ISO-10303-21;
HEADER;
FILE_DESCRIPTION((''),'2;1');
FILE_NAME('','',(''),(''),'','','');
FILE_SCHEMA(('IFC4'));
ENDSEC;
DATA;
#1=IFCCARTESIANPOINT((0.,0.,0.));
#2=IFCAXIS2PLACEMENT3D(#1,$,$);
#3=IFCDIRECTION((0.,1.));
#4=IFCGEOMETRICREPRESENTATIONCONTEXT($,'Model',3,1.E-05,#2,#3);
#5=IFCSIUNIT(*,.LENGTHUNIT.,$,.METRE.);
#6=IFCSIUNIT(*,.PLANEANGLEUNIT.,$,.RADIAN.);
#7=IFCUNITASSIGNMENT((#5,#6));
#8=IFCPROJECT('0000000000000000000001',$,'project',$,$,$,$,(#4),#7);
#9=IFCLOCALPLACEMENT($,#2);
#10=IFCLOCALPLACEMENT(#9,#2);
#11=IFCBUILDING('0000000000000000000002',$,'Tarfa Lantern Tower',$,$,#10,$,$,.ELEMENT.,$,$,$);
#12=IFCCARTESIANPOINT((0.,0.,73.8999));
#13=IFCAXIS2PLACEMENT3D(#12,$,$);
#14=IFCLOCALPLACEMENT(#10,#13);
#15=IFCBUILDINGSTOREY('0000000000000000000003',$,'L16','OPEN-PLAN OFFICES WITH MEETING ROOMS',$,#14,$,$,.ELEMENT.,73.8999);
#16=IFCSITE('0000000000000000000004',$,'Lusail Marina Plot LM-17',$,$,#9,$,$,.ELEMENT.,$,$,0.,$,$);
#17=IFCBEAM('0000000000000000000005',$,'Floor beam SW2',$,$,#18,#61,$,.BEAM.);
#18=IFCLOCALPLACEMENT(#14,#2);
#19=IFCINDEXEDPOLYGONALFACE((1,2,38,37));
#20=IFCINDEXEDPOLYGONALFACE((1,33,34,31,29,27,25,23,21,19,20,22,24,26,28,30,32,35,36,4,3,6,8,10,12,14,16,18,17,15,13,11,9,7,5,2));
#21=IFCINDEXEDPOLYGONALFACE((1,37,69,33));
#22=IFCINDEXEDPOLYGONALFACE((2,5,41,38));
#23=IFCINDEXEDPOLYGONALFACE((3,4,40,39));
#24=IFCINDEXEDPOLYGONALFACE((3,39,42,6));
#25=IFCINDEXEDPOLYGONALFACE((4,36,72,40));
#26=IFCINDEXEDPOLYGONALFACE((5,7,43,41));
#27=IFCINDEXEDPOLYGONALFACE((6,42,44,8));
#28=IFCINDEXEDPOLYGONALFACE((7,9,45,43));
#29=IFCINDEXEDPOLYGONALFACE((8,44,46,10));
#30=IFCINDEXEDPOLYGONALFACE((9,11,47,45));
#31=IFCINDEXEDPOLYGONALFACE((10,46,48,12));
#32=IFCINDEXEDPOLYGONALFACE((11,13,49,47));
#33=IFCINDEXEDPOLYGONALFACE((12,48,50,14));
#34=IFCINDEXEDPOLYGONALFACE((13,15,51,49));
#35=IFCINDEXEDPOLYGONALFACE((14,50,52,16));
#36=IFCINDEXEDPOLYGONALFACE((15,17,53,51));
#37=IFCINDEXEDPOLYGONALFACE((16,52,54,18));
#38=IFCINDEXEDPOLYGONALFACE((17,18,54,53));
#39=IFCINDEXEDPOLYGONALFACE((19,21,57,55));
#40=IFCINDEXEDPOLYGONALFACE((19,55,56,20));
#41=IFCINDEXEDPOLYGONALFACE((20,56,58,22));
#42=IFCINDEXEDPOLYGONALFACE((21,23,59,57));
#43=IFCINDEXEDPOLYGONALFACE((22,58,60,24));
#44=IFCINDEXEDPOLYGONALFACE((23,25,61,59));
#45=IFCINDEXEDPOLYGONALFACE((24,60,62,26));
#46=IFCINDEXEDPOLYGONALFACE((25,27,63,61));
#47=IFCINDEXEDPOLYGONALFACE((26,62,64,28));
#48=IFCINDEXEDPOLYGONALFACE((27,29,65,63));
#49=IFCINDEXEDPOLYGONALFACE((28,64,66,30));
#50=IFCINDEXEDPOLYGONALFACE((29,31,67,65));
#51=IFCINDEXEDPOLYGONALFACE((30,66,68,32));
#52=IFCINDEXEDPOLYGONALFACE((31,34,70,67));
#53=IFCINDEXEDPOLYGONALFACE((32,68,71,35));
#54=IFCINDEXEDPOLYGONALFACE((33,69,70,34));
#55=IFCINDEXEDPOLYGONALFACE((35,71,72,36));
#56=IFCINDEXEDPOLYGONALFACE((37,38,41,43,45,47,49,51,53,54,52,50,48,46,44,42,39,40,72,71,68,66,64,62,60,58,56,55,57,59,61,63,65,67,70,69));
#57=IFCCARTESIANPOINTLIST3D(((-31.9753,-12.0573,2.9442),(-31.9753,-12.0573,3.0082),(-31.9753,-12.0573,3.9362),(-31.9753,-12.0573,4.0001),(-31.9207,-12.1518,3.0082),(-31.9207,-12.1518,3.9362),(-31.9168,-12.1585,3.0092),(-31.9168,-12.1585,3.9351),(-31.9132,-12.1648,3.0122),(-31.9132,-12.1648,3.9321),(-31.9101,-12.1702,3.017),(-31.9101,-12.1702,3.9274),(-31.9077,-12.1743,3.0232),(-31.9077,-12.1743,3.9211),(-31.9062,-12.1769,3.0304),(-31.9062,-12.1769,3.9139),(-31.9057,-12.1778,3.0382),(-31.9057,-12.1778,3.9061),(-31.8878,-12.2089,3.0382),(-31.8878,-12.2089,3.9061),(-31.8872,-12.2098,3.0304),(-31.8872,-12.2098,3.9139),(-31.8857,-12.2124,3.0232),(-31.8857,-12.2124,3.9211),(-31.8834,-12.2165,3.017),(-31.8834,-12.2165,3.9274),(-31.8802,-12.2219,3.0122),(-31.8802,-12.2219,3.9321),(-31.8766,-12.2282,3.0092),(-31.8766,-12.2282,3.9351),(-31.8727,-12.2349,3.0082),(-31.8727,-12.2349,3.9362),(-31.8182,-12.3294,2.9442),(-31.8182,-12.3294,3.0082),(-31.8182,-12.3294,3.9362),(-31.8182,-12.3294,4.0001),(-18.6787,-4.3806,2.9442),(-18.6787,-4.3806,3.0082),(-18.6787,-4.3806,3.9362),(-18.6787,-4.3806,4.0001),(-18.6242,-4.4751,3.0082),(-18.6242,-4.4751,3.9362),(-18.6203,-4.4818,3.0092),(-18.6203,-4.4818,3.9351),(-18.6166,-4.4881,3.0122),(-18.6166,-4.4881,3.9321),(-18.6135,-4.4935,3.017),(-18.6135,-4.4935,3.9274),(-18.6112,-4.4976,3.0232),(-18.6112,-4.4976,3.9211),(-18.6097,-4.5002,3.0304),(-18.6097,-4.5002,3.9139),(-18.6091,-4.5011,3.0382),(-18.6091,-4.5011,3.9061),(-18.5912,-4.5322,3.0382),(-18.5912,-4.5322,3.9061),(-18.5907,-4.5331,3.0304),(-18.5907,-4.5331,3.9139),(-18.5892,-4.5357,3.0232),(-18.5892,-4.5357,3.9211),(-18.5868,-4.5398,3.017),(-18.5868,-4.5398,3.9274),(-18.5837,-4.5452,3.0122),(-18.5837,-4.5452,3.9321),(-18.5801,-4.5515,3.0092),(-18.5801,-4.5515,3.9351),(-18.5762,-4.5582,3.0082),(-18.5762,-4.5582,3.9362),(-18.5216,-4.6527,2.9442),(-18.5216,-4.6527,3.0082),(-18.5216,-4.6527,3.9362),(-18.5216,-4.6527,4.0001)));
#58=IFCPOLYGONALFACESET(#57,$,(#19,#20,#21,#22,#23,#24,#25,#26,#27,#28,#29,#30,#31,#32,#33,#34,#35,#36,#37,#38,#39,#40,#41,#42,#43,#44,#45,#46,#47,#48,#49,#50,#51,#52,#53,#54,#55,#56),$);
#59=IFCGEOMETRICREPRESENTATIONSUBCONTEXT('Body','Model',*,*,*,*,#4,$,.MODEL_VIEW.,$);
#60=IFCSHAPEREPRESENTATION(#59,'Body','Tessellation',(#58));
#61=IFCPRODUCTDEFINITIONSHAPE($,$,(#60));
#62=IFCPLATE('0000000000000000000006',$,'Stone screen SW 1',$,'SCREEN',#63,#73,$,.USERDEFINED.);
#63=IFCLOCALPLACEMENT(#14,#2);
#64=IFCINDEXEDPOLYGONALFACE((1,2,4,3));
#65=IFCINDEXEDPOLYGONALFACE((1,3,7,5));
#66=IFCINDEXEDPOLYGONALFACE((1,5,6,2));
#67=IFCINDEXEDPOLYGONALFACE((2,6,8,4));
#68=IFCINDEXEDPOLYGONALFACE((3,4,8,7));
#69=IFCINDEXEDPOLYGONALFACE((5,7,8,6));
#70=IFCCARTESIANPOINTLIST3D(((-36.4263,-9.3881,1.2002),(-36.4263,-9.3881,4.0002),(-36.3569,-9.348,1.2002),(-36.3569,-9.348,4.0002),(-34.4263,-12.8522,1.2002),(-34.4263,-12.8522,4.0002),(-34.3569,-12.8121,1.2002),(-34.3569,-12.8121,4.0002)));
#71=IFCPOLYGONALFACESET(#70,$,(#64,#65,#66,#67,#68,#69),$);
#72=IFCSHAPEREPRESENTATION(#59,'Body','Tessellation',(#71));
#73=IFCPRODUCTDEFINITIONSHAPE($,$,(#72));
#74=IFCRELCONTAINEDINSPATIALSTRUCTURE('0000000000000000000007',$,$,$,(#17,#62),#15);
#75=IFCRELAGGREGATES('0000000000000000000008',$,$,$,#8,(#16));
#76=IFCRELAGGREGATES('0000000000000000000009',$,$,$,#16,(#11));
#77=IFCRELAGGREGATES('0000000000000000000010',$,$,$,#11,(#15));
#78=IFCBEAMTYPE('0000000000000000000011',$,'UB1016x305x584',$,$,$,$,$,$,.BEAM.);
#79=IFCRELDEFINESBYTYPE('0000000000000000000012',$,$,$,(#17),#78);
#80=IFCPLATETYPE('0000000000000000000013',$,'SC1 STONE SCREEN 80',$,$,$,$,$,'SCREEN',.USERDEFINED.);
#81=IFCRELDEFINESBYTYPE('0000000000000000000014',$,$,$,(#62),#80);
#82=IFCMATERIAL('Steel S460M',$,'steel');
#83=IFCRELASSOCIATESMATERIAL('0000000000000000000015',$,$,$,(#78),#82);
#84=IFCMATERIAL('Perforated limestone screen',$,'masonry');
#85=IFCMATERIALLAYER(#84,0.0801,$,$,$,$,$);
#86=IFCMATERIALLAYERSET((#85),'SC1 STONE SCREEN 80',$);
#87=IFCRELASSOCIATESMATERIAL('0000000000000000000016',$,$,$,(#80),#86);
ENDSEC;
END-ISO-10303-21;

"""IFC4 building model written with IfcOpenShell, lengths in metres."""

from ifc_helpers import new_model, si_unit, direction, frame, origin, origin_2d, place, context, subcontext, project, spatial, rectangle, i_section, extrude, material, layer, layer_set, material_profile, profile_set, type_object, element, save


model = new_model("IFC4")

# Units and contexts
model_context = context("Model", 3, precision=1e-05, world=origin(), true_north=direction((0.0, 1.0)))
body_context = subcontext(model_context, "Body", "Model", "MODEL_VIEW")
ifc_project = project(units=[si_unit("LENGTHUNIT", "METRE"), si_unit("PLANEANGLEUNIT", "RADIAN")], contexts=[model_context])

# Site, building, storey
site_placement = place(None, origin())
site = spatial("IfcSite", under=ifc_project, at=site_placement, Name="Lusail Marina Plot LM-17", CompositionType="ELEMENT", RefElevation=0.0)
building_placement = place(site_placement, origin())
building = spatial("IfcBuilding", under=site, at=building_placement, Name="Tarfa Lantern Tower", CompositionType="ELEMENT")
storey_placement = place(building_placement, frame((0.0, 0.0, 73.8999)))
storey = spatial("IfcBuildingStorey", under=building, at=storey_placement, Name="L16", Description="OPEN-PLAN OFFICES WITH MEETING ROOMS", CompositionType="ELEMENT", Elevation=73.8999)

# Beam
ifc_material_1 = material(Name="Steel S460M", Category="steel")
ifc_material_profile_1 = material_profile(ifc_material_1, i_section(OverallWidth=0.3142, OverallDepth=1.0559, WebThickness=0.0359, FlangeThickness=0.064, FilletRadius=0.03, at=origin_2d()), Name="UB1016x305x584")
ifc_profile_set_1 = profile_set([ifc_material_profile_1], Name="Steel S460M")
beam_type_1 = type_object("IfcBeamType", Name="UB1016x305x584", PredefinedType="BEAM", material=ifc_profile_set_1)
beam_1_placement = place(storey_placement, frame((-31.8967, -12.1934, 3.4722), z_axis=(0.866027, 0.499997, 0.0), x_axis=(-0.499997, 0.866027, 0.0)))
element("IfcBeam", 1, at=beam_1_placement, inside=storey, type_object=beam_type_1, Name="Floor beam SW2", PredefinedType="BEAM", context=body_context, shape_type="SweptSolid", body=[
    extrude(i_section(OverallWidth=0.3142, OverallDepth=1.0559, WebThickness=0.0359, FlangeThickness=0.064, FilletRadius=0.03, at=origin_2d()), origin(), (0.0, 0.0, 1.0), 15.3535),
])

# Plate
ifc_material_2 = material(Name="Perforated limestone screen", Category="masonry")
ifc_layer_1 = layer(ifc_material_2, 0.0801)
ifc_layer_set_1 = layer_set([ifc_layer_1], Name="SC1 STONE SCREEN 80")
plate_type = type_object("IfcPlateType", Name="SC1 STONE SCREEN 80", ElementType="SCREEN", PredefinedType="USERDEFINED", material=ifc_layer_set_1)
plate_placement = place(storey_placement, frame((-35.3916, -11.1001, 1.2002), z_axis=(0.0, 0.0, 1.0), x_axis=(0.5, -0.866025, 0.0)))
element("IfcPlate", 2, at=plate_placement, inside=storey, type_object=plate_type, Name="Stone screen SW 1", ObjectType="SCREEN", PredefinedType="USERDEFINED", context=body_context, shape_type="SweptSolid", body=[
    extrude(rectangle(XDim=4.0, YDim=0.0801, at=origin_2d()), origin(), (0.0, 0.0, 1.0), 2.8),
])

save(model, "model.ifc")
